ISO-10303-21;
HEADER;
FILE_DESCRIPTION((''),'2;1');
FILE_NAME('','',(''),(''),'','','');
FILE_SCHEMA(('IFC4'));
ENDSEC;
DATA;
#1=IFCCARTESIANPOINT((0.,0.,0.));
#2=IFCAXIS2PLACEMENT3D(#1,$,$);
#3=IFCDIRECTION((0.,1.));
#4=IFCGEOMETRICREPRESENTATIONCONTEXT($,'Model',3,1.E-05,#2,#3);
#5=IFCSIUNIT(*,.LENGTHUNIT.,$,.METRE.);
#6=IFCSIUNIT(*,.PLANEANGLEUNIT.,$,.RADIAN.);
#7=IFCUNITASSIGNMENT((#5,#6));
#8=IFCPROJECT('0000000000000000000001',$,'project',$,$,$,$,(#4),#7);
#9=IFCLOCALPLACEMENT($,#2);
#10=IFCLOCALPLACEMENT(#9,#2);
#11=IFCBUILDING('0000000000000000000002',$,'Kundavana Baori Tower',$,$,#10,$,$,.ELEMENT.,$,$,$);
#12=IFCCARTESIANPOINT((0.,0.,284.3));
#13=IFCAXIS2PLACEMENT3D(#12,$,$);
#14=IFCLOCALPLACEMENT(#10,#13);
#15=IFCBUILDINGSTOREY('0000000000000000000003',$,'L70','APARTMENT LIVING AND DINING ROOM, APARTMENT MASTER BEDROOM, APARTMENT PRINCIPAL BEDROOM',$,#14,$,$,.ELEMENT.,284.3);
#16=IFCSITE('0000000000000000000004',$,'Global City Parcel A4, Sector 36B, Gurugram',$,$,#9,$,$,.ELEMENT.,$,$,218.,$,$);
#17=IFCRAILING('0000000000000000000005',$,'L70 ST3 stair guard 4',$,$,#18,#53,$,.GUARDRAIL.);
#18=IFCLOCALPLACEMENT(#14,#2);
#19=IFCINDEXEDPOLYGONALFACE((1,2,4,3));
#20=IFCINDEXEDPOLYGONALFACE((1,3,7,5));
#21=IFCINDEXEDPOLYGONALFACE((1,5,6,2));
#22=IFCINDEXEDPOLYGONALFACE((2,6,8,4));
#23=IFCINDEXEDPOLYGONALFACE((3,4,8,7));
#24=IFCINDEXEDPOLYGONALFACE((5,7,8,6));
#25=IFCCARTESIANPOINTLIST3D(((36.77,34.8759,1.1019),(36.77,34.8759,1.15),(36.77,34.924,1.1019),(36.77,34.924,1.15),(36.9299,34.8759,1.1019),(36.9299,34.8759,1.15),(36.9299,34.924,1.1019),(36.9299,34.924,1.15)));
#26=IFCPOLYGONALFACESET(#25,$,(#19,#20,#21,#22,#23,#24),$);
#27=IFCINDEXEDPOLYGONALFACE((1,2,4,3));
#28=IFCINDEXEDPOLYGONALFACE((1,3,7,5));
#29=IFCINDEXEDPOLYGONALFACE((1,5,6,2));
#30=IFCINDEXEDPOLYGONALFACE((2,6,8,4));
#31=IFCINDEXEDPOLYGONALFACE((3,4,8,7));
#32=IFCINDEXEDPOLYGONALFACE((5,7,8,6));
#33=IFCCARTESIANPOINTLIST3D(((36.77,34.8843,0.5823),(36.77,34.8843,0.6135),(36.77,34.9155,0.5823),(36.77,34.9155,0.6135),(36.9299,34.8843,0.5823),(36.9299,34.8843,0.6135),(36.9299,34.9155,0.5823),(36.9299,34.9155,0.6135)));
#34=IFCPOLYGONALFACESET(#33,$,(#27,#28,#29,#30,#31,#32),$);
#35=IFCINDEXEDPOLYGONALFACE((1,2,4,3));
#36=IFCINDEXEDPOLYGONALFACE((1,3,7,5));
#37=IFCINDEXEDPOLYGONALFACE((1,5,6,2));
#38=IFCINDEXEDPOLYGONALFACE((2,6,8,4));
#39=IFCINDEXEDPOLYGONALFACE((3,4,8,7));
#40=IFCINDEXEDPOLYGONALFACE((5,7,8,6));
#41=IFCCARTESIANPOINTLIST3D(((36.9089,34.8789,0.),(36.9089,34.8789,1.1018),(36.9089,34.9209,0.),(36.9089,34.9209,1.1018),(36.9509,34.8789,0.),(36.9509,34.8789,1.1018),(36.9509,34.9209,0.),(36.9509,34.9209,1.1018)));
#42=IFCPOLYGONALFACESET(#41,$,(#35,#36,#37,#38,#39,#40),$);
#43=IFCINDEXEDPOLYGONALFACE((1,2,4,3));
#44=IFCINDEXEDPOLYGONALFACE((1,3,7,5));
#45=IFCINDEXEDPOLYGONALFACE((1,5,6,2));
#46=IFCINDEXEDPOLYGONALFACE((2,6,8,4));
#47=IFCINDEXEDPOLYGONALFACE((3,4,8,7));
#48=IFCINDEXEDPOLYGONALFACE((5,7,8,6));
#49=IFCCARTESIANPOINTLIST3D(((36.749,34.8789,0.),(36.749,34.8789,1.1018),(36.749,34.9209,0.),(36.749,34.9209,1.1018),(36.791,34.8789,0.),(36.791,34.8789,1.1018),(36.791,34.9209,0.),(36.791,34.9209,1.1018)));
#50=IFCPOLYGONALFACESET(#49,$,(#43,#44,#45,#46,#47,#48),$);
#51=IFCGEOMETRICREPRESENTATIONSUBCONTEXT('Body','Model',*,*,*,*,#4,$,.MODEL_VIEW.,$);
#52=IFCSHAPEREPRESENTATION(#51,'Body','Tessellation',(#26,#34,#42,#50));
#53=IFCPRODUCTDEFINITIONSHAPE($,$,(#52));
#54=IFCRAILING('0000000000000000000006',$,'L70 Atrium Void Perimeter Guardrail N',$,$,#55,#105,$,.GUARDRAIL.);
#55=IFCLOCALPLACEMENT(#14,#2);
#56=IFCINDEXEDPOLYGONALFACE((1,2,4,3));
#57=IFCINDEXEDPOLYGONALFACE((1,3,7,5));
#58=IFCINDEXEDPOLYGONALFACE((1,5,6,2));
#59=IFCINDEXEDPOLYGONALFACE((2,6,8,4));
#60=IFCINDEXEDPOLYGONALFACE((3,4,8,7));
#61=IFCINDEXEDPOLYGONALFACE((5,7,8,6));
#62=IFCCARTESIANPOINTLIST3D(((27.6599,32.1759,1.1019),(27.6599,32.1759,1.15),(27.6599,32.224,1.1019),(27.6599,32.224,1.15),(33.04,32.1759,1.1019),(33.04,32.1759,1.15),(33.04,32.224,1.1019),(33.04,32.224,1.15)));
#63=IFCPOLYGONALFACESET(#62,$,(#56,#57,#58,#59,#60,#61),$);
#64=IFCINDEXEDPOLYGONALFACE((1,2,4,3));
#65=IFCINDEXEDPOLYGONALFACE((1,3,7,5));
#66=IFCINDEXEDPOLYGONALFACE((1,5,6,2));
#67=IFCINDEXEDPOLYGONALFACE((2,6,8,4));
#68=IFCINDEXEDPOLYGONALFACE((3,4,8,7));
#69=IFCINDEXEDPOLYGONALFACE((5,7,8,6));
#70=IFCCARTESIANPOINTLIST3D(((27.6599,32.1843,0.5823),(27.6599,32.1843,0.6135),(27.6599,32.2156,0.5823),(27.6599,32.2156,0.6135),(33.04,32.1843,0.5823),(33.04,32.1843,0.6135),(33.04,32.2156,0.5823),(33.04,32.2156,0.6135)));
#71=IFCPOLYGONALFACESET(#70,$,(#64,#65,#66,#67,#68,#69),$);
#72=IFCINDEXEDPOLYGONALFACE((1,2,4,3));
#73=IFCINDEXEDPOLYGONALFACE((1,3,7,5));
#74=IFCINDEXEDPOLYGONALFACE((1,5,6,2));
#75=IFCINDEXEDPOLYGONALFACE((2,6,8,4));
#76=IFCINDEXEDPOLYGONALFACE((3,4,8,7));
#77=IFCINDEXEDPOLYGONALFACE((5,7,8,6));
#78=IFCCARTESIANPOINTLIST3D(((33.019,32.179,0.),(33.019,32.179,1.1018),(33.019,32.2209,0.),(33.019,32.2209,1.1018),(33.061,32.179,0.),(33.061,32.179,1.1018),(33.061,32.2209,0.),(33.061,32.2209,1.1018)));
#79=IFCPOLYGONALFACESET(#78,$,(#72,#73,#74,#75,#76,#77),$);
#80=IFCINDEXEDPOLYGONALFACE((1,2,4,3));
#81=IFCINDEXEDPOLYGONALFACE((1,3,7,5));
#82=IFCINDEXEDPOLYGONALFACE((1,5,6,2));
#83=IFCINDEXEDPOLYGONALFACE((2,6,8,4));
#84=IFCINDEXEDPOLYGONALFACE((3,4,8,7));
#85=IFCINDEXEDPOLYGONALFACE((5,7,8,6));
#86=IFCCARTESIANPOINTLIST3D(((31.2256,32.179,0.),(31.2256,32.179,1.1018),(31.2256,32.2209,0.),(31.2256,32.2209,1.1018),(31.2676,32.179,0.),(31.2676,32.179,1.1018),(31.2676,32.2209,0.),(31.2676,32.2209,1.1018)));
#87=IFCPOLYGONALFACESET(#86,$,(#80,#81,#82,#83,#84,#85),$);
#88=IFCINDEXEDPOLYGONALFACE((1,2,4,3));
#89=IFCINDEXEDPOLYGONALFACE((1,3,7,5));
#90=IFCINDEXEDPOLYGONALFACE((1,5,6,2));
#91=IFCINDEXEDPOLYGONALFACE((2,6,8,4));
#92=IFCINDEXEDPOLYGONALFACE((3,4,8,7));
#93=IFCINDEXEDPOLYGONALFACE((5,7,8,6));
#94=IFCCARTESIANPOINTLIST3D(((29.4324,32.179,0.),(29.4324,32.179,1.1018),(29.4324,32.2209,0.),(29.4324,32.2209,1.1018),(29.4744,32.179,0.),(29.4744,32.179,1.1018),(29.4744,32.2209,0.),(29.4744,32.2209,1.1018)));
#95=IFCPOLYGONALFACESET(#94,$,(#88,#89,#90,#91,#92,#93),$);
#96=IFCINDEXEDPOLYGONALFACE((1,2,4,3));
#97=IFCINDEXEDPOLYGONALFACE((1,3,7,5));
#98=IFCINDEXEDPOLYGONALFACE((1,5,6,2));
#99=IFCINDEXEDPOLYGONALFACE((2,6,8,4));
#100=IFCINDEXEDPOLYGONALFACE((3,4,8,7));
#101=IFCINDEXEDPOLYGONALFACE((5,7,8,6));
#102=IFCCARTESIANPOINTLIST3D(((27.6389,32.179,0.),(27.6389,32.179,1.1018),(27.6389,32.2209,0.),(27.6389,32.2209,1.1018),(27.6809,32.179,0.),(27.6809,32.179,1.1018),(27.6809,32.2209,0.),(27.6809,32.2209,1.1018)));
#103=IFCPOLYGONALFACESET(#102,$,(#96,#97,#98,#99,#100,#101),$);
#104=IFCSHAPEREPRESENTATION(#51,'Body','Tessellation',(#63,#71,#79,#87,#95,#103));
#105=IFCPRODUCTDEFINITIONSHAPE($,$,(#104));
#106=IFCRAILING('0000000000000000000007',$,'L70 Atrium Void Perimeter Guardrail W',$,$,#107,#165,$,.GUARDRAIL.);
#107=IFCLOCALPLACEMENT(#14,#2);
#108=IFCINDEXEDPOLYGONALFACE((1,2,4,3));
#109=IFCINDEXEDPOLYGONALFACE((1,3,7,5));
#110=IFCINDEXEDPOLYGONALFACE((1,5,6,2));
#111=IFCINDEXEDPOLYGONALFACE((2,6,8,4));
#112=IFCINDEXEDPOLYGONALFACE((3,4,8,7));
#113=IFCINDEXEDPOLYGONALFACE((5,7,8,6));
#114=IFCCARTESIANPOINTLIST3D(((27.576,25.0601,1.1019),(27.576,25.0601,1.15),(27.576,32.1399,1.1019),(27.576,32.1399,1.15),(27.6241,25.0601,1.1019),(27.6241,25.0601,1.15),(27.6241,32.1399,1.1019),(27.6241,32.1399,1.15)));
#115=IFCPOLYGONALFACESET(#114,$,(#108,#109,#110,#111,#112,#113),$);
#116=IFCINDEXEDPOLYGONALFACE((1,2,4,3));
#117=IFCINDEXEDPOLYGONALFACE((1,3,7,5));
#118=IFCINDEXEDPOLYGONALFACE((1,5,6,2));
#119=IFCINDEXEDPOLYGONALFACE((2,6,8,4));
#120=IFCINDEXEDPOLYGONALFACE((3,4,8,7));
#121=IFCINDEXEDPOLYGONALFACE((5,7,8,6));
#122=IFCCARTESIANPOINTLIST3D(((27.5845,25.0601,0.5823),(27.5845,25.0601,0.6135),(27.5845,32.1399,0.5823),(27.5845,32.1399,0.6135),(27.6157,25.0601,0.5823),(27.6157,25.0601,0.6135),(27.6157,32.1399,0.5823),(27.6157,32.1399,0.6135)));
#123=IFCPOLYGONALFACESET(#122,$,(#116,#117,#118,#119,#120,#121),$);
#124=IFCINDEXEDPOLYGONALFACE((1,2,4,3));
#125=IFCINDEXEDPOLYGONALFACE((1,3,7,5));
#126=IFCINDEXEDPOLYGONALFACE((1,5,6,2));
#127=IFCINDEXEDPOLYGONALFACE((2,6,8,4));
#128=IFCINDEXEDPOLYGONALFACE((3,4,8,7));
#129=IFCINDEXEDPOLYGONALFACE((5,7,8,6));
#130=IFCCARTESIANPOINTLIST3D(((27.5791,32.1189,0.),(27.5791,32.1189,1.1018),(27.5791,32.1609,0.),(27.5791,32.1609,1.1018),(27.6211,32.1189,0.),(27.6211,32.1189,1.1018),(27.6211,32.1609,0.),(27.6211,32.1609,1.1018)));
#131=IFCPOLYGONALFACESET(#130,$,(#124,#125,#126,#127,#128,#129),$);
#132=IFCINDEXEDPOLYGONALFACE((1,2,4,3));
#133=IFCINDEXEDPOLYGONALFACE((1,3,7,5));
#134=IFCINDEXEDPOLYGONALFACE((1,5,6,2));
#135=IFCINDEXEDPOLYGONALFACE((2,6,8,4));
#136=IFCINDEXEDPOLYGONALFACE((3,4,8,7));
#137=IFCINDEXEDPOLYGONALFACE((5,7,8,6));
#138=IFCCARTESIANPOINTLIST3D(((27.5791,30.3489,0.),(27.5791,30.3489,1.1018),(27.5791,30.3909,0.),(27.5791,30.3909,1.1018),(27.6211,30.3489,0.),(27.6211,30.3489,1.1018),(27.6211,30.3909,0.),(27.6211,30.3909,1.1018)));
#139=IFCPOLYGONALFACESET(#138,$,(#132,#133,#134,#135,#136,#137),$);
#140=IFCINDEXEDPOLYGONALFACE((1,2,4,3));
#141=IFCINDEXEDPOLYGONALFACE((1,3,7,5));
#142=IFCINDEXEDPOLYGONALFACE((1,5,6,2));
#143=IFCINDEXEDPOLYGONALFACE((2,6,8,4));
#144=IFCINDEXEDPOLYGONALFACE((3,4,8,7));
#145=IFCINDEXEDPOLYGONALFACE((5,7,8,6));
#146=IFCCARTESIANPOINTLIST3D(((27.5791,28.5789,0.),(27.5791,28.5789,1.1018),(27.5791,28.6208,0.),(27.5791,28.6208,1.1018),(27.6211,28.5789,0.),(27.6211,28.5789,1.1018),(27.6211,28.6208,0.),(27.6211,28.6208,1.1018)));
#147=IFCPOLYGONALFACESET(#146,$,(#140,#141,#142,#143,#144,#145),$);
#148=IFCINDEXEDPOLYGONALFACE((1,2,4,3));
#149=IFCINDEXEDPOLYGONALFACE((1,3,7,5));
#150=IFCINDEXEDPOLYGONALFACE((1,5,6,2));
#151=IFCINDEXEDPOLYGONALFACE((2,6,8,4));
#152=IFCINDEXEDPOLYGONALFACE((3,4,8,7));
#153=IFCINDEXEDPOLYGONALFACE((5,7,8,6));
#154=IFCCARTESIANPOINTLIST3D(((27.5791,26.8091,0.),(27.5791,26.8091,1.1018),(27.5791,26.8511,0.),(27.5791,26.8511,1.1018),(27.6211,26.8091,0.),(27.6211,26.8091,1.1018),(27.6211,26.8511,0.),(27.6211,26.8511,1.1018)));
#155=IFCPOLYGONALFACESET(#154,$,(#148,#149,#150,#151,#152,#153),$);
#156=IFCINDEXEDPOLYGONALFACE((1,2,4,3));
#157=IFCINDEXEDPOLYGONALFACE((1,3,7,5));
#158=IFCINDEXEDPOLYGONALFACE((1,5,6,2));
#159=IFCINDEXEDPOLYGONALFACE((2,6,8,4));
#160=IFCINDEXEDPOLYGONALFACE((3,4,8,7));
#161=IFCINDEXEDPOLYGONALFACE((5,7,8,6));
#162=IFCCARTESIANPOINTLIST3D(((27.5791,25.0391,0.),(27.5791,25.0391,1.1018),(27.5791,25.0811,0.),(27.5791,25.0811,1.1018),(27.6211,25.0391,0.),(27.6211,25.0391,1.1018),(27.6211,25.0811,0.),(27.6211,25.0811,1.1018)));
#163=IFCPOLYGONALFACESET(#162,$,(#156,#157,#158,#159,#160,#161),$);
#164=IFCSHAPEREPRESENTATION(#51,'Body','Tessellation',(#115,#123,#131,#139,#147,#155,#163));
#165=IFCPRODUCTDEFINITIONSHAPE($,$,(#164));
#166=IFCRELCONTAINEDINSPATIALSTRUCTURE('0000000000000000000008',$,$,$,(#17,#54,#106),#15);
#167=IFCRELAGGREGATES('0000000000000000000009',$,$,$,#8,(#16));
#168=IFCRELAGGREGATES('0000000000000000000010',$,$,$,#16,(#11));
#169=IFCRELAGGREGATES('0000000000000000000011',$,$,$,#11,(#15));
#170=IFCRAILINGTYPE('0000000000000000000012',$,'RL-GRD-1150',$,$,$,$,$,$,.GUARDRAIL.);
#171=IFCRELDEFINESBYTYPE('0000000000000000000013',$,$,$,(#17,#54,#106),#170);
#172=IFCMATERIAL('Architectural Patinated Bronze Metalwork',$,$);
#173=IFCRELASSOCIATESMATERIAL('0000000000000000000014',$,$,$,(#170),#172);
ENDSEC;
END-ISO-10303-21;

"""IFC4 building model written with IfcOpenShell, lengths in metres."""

from ifc_helpers import new_model, si_unit, direction, frame, origin, origin_2d, place, context, subcontext, project, spatial, rectangle, extrude, material, type_object, element, save


model = new_model("IFC4")

# Units and contexts
model_context = context("Model", 3, precision=1e-05, world=origin(), true_north=direction((0.0, 1.0)))
body_context = subcontext(model_context, "Body", "Model", "MODEL_VIEW")
ifc_project = project(units=[si_unit("LENGTHUNIT", "METRE"), si_unit("PLANEANGLEUNIT", "RADIAN")], contexts=[model_context])

# Site, building, storey
site_placement = place(None, origin())
site = spatial("IfcSite", under=ifc_project, at=site_placement, Name="Global City Parcel A4, Sector 36B, Gurugram", CompositionType="ELEMENT", RefElevation=218.0)
building_placement = place(site_placement, origin())
building = spatial("IfcBuilding", under=site, at=building_placement, Name="Kundavana Baori Tower", CompositionType="ELEMENT")
storey_placement = place(building_placement, frame((0.0, 0.0, 284.3)))
storey = spatial("IfcBuildingStorey", under=building, at=storey_placement, Name="L70", Description="APARTMENT LIVING AND DINING ROOM, APARTMENT MASTER BEDROOM, APARTMENT PRINCIPAL BEDROOM", CompositionType="ELEMENT", Elevation=284.3)

# Railings
ifc_material_1 = material(Name="Architectural Patinated Bronze Metalwork")
railing_type = type_object("IfcRailingType", Name="RL-GRD-1150", PredefinedType="GUARDRAIL", material=ifc_material_1)
railing_1_placement = place(storey_placement, frame((36.9299, 34.8999, 0.0)))
element("IfcRailing", 1, at=railing_1_placement, inside=storey, type_object=railing_type, Name="L70 ST3 stair guard 4", PredefinedType="GUARDRAIL", context=body_context, shape_type="SweptSolid", body=[
    extrude(rectangle(XDim=0.0481, YDim=0.0481, at=origin_2d()), frame((0.0, 0.0, 1.126), z_axis=(-1.0, 0.0, 0.0), x_axis=(0.0, -1.0, 0.0)), (0.0, 0.0, 1.0), 0.1599),
    extrude(rectangle(XDim=0.0312, YDim=0.0312, at=origin_2d()), frame((0.0, 0.0, 0.5979), z_axis=(-1.0, 0.0, 0.0), x_axis=(0.0, -1.0, 0.0)), (0.0, 0.0, 1.0), 0.1599),
    extrude(rectangle(XDim=0.042, YDim=0.042, at=origin_2d()), origin(), (0.0, 0.0, 1.0), 1.1018),
    extrude(rectangle(XDim=0.042, YDim=0.042, at=origin_2d()), frame((-0.1599, 0.0, 0.0)), (0.0, 0.0, 1.0), 1.1018),
])
railing_2_placement = place(storey_placement, frame((33.04, 32.2, 0.0)))
element("IfcRailing", 2, at=railing_2_placement, inside=storey, type_object=railing_type, Name="L70 Atrium Void Perimeter Guardrail N", PredefinedType="GUARDRAIL", context=body_context, shape_type="SweptSolid", body=[
    extrude(rectangle(XDim=0.0481, YDim=0.0481, at=origin_2d()), frame((0.0, 0.0, 1.126), z_axis=(-1.0, 0.0, 0.0), x_axis=(0.0, -1.0, 0.0)), (0.0, 0.0, 1.0), 5.3801),
    extrude(rectangle(XDim=0.0312, YDim=0.0312, at=origin_2d()), frame((0.0, 0.0, 0.5979), z_axis=(-1.0, 0.0, 0.0), x_axis=(0.0, -1.0, 0.0)), (0.0, 0.0, 1.0), 5.3801),
    extrude(rectangle(XDim=0.042, YDim=0.042, at=origin_2d()), origin(), (0.0, 0.0, 1.0), 1.1018),
    extrude(rectangle(XDim=0.042, YDim=0.042, at=origin_2d()), frame((-1.7935, 0.0, 0.0)), (0.0, 0.0, 1.0), 1.1018),
    extrude(rectangle(XDim=0.042, YDim=0.042, at=origin_2d()), frame((-3.5867, 0.0, 0.0)), (0.0, 0.0, 1.0), 1.1018),
    extrude(rectangle(XDim=0.042, YDim=0.042, at=origin_2d()), frame((-5.3801, 0.0, 0.0)), (0.0, 0.0, 1.0), 1.1018),
])
railing_3_placement = place(storey_placement, frame((27.6001, 32.1399, 0.0)))
element("IfcRailing", 3, at=railing_3_placement, inside=storey, type_object=railing_type, Name="L70 Atrium Void Perimeter Guardrail W", PredefinedType="GUARDRAIL", context=body_context, shape_type="SweptSolid", body=[
    extrude(rectangle(XDim=0.0481, YDim=0.0481, at=origin_2d()), frame((0.0, 0.0, 1.126), z_axis=(0.0, -1.0, 0.0), x_axis=(1.0, 0.0, 0.0)), (0.0, 0.0, 1.0), 7.0798),
    extrude(rectangle(XDim=0.0312, YDim=0.0312, at=origin_2d()), frame((0.0, 0.0, 0.5979), z_axis=(0.0, -1.0, 0.0), x_axis=(1.0, 0.0, 0.0)), (0.0, 0.0, 1.0), 7.0798),
    extrude(rectangle(XDim=0.042, YDim=0.042, at=origin_2d()), origin(), (0.0, 0.0, 1.0), 1.1018),
    extrude(rectangle(XDim=0.042, YDim=0.042, at=origin_2d()), frame((0.0, -1.77, 0.0)), (0.0, 0.0, 1.0), 1.1018),
    extrude(rectangle(XDim=0.042, YDim=0.042, at=origin_2d()), frame((0.0, -3.54, 0.0)), (0.0, 0.0, 1.0), 1.1018),
    extrude(rectangle(XDim=0.042, YDim=0.042, at=origin_2d()), frame((0.0, -5.3098, 0.0)), (0.0, 0.0, 1.0), 1.1018),
    extrude(rectangle(XDim=0.042, YDim=0.042, at=origin_2d()), frame((0.0, -7.0798, 0.0)), (0.0, 0.0, 1.0), 1.1018),
])

save(model, "model.ifc")
